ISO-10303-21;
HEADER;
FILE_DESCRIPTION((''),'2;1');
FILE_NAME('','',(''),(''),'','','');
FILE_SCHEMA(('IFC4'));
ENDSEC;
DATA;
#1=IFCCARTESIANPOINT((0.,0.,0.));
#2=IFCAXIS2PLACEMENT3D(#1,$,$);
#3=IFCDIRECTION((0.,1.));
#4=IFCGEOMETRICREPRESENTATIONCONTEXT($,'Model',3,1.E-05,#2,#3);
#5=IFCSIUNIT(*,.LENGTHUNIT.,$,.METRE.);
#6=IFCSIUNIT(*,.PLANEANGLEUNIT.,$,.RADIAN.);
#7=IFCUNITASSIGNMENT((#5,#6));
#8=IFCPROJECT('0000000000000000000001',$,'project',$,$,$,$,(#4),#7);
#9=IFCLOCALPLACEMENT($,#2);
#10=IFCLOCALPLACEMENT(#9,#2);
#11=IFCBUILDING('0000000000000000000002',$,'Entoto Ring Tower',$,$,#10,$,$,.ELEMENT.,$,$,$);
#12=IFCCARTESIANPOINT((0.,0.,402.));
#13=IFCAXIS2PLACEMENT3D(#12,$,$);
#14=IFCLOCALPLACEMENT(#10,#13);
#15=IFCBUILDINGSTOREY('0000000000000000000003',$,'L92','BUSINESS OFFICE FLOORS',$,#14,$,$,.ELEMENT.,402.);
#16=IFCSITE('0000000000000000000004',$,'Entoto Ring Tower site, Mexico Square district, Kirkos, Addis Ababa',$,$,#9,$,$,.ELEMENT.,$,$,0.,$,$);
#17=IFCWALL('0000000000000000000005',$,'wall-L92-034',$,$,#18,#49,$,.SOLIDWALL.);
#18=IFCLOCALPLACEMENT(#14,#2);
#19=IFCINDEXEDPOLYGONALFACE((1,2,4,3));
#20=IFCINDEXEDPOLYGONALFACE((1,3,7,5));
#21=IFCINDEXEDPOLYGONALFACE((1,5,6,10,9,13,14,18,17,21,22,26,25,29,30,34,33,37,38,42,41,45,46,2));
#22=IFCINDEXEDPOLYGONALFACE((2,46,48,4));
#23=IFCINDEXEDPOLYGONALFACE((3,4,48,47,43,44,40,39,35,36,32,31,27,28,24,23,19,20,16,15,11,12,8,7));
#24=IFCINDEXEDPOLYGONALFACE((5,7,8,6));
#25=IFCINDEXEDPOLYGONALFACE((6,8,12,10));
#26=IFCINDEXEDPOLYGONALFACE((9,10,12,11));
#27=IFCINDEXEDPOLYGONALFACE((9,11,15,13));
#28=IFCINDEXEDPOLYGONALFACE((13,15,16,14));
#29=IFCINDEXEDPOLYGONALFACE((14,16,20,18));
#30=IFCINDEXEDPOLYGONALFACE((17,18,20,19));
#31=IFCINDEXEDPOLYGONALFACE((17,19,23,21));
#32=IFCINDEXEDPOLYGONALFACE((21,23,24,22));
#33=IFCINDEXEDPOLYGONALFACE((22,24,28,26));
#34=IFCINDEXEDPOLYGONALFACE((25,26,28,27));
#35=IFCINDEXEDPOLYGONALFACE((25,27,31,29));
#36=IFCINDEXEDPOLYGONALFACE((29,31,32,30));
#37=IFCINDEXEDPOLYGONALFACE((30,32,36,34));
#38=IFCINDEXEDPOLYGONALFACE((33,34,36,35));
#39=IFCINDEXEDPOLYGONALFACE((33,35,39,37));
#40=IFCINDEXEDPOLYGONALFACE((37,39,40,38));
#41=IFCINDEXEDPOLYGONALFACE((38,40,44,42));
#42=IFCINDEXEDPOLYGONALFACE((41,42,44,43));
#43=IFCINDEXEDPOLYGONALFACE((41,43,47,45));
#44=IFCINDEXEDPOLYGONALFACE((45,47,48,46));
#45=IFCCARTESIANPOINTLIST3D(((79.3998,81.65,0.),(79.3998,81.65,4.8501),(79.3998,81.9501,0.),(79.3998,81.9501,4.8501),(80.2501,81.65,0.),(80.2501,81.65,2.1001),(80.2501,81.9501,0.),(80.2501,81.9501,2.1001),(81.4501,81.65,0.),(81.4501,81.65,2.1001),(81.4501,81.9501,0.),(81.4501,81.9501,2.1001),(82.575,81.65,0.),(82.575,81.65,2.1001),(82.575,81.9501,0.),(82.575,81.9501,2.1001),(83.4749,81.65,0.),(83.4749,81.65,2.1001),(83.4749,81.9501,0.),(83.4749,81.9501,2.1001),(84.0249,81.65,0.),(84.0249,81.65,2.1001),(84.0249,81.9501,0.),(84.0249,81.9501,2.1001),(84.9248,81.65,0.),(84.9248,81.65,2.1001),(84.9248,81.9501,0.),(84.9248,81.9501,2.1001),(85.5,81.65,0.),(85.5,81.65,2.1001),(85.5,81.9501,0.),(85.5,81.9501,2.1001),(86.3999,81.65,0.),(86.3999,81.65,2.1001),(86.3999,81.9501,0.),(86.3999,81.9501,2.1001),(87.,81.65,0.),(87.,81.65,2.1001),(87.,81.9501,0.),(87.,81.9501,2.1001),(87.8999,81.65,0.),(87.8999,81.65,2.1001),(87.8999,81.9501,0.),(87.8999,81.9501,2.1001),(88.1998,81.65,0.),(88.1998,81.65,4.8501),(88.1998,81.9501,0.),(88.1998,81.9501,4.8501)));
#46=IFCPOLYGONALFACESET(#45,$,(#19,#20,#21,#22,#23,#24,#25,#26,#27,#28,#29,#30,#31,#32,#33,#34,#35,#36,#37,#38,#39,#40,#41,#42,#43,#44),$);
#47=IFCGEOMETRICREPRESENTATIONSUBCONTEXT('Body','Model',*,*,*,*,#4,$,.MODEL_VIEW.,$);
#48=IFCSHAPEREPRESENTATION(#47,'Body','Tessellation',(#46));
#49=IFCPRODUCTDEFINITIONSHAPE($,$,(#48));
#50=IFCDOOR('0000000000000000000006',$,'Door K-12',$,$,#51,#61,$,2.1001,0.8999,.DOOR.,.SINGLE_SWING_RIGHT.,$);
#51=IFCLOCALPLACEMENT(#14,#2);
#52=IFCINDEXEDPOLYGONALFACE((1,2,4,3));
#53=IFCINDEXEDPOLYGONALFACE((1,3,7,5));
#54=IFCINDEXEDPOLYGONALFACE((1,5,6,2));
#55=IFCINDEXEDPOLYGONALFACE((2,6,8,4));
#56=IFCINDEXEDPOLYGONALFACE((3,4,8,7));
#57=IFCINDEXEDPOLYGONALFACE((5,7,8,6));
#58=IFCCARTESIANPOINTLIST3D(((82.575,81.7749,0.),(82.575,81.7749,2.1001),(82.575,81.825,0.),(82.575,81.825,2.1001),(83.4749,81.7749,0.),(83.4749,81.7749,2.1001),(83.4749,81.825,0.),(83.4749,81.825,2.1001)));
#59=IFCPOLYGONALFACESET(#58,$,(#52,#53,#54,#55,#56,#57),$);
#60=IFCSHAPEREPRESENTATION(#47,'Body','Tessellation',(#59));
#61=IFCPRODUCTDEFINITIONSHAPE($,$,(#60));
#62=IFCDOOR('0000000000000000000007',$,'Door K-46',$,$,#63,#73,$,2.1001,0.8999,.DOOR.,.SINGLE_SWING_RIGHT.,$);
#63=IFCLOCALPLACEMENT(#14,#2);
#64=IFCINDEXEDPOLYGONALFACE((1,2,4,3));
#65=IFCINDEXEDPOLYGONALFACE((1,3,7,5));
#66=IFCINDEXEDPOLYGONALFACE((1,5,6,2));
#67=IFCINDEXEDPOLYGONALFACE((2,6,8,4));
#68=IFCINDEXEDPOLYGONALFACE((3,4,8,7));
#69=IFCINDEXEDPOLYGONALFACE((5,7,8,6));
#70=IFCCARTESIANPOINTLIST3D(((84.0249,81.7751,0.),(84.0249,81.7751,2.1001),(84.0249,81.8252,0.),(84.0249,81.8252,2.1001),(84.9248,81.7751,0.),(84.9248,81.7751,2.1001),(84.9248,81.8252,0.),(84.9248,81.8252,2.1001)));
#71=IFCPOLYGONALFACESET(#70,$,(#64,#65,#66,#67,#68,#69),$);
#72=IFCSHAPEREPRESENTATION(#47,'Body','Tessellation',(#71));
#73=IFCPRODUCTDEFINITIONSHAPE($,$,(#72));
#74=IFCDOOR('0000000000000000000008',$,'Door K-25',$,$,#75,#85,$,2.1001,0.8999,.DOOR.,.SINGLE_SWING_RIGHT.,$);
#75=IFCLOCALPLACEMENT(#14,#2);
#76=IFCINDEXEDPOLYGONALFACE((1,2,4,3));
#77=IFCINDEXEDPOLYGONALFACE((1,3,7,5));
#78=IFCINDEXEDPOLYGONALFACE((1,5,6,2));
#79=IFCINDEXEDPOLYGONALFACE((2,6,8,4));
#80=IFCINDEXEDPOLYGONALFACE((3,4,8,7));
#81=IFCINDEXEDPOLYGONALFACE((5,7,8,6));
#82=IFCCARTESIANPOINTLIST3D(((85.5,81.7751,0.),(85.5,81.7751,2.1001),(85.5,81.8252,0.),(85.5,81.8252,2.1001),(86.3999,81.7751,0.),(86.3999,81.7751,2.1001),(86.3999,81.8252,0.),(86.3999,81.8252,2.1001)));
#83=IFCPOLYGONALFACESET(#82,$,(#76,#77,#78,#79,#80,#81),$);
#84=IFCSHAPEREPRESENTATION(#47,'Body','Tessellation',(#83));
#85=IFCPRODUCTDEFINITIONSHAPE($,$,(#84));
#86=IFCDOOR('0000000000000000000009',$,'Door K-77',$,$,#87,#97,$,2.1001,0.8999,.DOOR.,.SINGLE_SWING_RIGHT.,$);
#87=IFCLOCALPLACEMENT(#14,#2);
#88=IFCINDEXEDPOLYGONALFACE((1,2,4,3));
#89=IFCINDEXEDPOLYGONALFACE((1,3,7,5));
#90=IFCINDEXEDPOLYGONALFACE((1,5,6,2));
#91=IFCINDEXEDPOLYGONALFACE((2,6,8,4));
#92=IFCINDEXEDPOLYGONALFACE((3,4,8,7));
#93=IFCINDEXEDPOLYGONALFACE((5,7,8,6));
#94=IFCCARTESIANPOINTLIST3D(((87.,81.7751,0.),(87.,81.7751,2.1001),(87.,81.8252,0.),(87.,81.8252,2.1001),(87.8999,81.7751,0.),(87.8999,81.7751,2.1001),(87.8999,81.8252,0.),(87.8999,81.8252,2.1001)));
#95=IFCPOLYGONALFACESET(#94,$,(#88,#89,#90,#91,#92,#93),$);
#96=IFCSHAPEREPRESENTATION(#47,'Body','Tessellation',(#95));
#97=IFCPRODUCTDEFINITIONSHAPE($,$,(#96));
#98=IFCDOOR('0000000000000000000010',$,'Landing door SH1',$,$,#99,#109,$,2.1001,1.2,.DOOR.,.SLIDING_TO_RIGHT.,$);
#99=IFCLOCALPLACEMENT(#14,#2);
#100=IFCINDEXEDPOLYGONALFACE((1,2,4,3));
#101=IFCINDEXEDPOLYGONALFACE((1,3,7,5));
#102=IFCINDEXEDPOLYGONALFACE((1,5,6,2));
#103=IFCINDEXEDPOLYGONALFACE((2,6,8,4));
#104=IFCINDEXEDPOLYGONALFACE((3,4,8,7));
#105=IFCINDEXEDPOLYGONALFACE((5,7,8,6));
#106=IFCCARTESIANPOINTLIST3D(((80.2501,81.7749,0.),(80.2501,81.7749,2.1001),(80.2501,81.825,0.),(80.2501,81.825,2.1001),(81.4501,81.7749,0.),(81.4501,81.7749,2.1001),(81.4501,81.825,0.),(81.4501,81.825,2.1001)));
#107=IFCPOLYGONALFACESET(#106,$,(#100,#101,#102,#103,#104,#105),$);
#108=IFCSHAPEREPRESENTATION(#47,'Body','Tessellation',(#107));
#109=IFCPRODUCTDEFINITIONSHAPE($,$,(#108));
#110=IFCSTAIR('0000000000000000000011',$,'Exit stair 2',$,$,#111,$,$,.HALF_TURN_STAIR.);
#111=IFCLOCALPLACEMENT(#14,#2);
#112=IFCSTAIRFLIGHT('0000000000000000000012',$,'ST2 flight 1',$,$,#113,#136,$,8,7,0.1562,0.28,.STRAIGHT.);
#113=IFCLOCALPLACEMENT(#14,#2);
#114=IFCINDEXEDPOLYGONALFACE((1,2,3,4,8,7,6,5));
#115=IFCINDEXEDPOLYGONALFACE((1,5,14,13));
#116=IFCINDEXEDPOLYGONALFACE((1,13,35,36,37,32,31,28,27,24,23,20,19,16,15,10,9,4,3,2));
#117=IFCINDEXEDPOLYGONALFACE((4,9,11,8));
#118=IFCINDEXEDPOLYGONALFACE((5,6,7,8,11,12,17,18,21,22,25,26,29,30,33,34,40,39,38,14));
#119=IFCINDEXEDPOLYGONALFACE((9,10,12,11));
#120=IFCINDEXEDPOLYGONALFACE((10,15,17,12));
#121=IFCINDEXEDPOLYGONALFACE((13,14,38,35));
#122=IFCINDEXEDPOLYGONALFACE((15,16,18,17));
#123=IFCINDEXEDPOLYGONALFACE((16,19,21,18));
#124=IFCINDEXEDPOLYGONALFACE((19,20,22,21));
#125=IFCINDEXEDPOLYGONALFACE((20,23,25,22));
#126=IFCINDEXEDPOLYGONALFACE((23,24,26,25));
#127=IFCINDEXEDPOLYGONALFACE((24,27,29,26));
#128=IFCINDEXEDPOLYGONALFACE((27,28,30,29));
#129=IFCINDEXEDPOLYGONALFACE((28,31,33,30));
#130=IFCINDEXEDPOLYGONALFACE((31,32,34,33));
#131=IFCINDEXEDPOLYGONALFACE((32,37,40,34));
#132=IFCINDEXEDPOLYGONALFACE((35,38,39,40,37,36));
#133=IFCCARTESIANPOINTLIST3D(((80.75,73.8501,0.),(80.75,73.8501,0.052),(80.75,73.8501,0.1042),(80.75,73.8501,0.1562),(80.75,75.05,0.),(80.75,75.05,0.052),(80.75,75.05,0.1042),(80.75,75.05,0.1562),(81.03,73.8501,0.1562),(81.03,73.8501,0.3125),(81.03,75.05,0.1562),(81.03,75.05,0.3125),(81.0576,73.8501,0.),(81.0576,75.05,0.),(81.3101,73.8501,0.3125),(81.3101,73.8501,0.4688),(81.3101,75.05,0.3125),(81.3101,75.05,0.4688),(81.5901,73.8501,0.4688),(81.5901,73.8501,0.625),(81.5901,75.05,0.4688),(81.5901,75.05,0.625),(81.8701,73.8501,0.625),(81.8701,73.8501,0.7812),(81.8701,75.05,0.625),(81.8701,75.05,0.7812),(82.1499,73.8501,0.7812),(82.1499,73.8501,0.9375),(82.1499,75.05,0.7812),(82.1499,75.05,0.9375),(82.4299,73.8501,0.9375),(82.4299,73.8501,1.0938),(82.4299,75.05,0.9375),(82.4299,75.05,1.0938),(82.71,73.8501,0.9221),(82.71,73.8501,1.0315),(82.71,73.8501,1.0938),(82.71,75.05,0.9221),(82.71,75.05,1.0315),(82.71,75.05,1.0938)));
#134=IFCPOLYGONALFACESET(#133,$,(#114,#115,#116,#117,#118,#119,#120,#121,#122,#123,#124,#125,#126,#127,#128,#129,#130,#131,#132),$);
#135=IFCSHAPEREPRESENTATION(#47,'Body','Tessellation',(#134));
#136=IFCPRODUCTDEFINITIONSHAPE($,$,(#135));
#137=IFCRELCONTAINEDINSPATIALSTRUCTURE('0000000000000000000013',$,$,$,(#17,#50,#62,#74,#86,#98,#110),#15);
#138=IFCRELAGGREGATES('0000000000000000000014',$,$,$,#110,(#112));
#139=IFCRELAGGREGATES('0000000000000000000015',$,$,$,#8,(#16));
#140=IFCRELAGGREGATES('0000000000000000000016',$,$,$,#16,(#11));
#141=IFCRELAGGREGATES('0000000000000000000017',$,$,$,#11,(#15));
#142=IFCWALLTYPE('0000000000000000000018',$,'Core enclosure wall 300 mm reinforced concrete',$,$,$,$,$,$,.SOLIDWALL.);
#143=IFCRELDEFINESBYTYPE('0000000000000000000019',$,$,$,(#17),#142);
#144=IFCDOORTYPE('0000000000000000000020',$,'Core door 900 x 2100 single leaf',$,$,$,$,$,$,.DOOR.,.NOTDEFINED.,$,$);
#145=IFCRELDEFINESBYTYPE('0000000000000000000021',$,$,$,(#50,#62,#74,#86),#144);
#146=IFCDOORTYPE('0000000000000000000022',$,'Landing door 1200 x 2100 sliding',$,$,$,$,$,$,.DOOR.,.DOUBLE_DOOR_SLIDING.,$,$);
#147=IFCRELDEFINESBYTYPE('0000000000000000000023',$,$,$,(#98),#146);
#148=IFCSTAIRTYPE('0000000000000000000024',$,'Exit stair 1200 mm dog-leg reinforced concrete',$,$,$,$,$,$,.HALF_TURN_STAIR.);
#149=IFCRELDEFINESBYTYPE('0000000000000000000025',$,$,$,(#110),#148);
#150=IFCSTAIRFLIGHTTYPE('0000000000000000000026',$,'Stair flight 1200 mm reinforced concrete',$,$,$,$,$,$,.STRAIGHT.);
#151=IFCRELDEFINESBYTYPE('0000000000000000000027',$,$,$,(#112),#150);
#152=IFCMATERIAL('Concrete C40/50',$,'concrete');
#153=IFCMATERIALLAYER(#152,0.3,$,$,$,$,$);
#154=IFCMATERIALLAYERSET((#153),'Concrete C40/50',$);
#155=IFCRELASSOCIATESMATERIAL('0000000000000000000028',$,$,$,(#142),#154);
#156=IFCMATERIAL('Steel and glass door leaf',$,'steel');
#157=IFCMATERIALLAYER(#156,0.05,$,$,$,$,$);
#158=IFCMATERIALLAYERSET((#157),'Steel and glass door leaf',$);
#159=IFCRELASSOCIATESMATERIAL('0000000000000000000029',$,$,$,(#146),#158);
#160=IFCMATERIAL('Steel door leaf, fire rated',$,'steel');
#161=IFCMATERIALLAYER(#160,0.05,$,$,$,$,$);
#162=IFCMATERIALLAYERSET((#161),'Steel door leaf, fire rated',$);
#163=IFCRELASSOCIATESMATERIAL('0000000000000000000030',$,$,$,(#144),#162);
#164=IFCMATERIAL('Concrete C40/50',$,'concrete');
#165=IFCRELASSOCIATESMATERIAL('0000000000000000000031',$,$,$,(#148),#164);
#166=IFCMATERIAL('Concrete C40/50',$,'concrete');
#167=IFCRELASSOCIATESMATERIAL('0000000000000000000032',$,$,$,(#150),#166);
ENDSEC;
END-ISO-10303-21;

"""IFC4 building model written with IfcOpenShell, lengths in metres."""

from ifc_helpers import new_model, si_unit, direction, frame, frame_2d, origin, place, context, subcontext, project, spatial, polyline, rectangle, outline, extrude, material, layer, layer_set, type_object, element, fill, aggregate, save


model = new_model("IFC4")

# Units and contexts
model_context = context("Model", 3, precision=1e-05, world=origin(), true_north=direction((0.0, 1.0)))
body_context = subcontext(model_context, "Body", "Model", "MODEL_VIEW")
ifc_project = project(units=[si_unit("LENGTHUNIT", "METRE"), si_unit("PLANEANGLEUNIT", "RADIAN")], contexts=[model_context])

# Site, building, storey
site_placement = place(None, origin())
site = spatial("IfcSite", under=ifc_project, at=site_placement, Name="Entoto Ring Tower site, Mexico Square district, Kirkos, Addis Ababa", CompositionType="ELEMENT", RefElevation=0.0)
building_placement = place(site_placement, origin())
building = spatial("IfcBuilding", under=site, at=building_placement, Name="Entoto Ring Tower", CompositionType="ELEMENT")
storey_placement = place(building_placement, frame((0.0, 0.0, 402.0)))
storey = spatial("IfcBuildingStorey", under=building, at=storey_placement, Name="L92", Description="BUSINESS OFFICE FLOORS", CompositionType="ELEMENT", Elevation=402.0)

# Shared definitions
ifc_material_1 = material(Name="Concrete C40/50", Category="concrete")
ifc_layer_1 = layer(ifc_material_1, 0.3)
ifc_layer_set_1 = layer_set([ifc_layer_1], Name="Concrete C40/50")
wall_type = type_object("IfcWallType", Name="Core enclosure wall 300 mm reinforced concrete", PredefinedType="SOLIDWALL", material=ifc_layer_set_1)
ifc_material_2 = material(Name="Steel and glass door leaf", Category="steel")
ifc_layer_2 = layer(ifc_material_2, 0.05)
ifc_layer_set_2 = layer_set([ifc_layer_2], Name="Steel and glass door leaf")
door_type_1 = type_object("IfcDoorType", Name="Landing door 1200 x 2100 sliding", OperationType="DOUBLE_DOOR_SLIDING", PredefinedType="DOOR", material=ifc_layer_set_2)

# Wall, openings, doors
ifc_material_3 = material(Name="Steel door leaf, fire rated", Category="steel")
ifc_layer_3 = layer(ifc_material_3, 0.05)
ifc_layer_set_3 = layer_set([ifc_layer_3], Name="Steel door leaf, fire rated")
door_type_2 = type_object("IfcDoorType", Name="Core door 900 x 2100 single leaf", OperationType="NOTDEFINED", PredefinedType="DOOR", material=ifc_layer_set_3)
wall_1_placement = place(storey_placement, frame((79.3999, 81.8, 0.0), z_axis=(0.0, 0.0, 1.0), x_axis=(1.0, 0.0, 0.0)))
wall_1 = element("IfcWall", 1, at=wall_1_placement, inside=storey, type_object=wall_type, Name="wall-L92-034", PredefinedType="SOLIDWALL", context=body_context, shape_type="SweptSolid", body=[
    extrude(rectangle(XDim=8.8, YDim=0.3, at=frame_2d((4.3999, 0.0))), origin(), (0.0, 0.0, 1.0), 4.8501),
])
opening_1_placement = place(wall_1_placement, frame((0.8501, 0.0, 0.0)))
opening_1 = element("IfcOpeningElement", 2, at=opening_1_placement, cuts=wall_1, PredefinedType="OPENING", context=body_context, shape_type="SweptSolid", body=[
    extrude(rectangle(XDim=1.2, YDim=2.1001, at=frame_2d((0.6001, 1.05))), frame((0.0, 0.1602, 0.0), z_axis=(0.0, -1.0, 0.0), x_axis=(1.0, 0.0, 0.0)), (0.0, 0.0, 1.0), 0.3201),
])
opening_2_placement = place(wall_1_placement, frame((3.175, 0.0, 0.0)))
opening_2 = element("IfcOpeningElement", 3, at=opening_2_placement, cuts=wall_1, PredefinedType="OPENING", context=body_context, shape_type="SweptSolid", body=[
    extrude(rectangle(XDim=0.8999, YDim=2.1001, at=frame_2d((0.45, 1.05))), frame((0.0, 0.1602, 0.0), z_axis=(0.0, -1.0, 0.0), x_axis=(1.0, 0.0, 0.0)), (0.0, 0.0, 1.0), 0.3201),
])
opening_3_placement = place(wall_1_placement, frame((4.625, 0.0, 0.0)))
opening_3 = element("IfcOpeningElement", 4, at=opening_3_placement, cuts=wall_1, PredefinedType="OPENING", context=body_context, shape_type="SweptSolid", body=[
    extrude(rectangle(XDim=0.8999, YDim=2.1001, at=frame_2d((0.45, 1.05))), frame((0.0, 0.1602, 0.0), z_axis=(0.0, -1.0, 0.0), x_axis=(1.0, 0.0, 0.0)), (0.0, 0.0, 1.0), 0.3201),
])
opening_4_placement = place(wall_1_placement, frame((6.1001, 0.0, 0.0)))
opening_4 = element("IfcOpeningElement", 5, at=opening_4_placement, cuts=wall_1, PredefinedType="OPENING", context=body_context, shape_type="SweptSolid", body=[
    extrude(rectangle(XDim=0.8999, YDim=2.1001, at=frame_2d((0.45, 1.05))), frame((0.0, 0.1602, 0.0), z_axis=(0.0, -1.0, 0.0), x_axis=(1.0, 0.0, 0.0)), (0.0, 0.0, 1.0), 0.3201),
])
opening_5_placement = place(wall_1_placement, frame((7.6001, 0.0, 0.0)))
opening_5 = element("IfcOpeningElement", 6, at=opening_5_placement, cuts=wall_1, PredefinedType="OPENING", context=body_context, shape_type="SweptSolid", body=[
    extrude(rectangle(XDim=0.8999, YDim=2.1001, at=frame_2d((0.45, 1.05))), frame((0.0, 0.1602, 0.0), z_axis=(0.0, -1.0, 0.0), x_axis=(1.0, 0.0, 0.0)), (0.0, 0.0, 1.0), 0.3201),
])
door_1_placement = place(opening_2_placement, origin())
door_1 = element("IfcDoor", 7, at=door_1_placement, inside=storey, type_object=door_type_2, Name="Door K-12", OperationType="SINGLE_SWING_RIGHT", OverallHeight=2.1001, OverallWidth=0.8999, PredefinedType="DOOR", context=body_context, shape_type="SweptSolid", body=[
    extrude(rectangle(XDim=0.8999, YDim=2.1001, at=frame_2d((0.45, 1.05))), frame((0.0, 0.0249, 0.0), z_axis=(0.0, -1.0, 0.0), x_axis=(1.0, 0.0, 0.0)), (0.0, 0.0, 1.0), 0.05),
])
fill(opening_2, door_1)
door_2_placement = place(opening_3_placement, frame((0.8999, 0.0, 0.0), z_axis=(0.0, 0.0, 1.0), x_axis=(-1.0, 0.0, 0.0)))
door_2 = element("IfcDoor", 8, at=door_2_placement, inside=storey, type_object=door_type_2, Name="Door K-46", OperationType="SINGLE_SWING_RIGHT", OverallHeight=2.1001, OverallWidth=0.8999, PredefinedType="DOOR", context=body_context, shape_type="SweptSolid", body=[
    extrude(rectangle(XDim=0.8999, YDim=2.1001, at=frame_2d((0.45, 1.05))), frame((0.0, 0.0249, 0.0), z_axis=(0.0, -1.0, 0.0), x_axis=(1.0, 0.0, 0.0)), (0.0, 0.0, 1.0), 0.05),
])
fill(opening_3, door_2)
door_3_placement = place(opening_4_placement, frame((0.8999, 0.0, 0.0), z_axis=(0.0, 0.0, 1.0), x_axis=(-1.0, 0.0, 0.0)))
door_3 = element("IfcDoor", 9, at=door_3_placement, inside=storey, type_object=door_type_2, Name="Door K-25", OperationType="SINGLE_SWING_RIGHT", OverallHeight=2.1001, OverallWidth=0.8999, PredefinedType="DOOR", context=body_context, shape_type="SweptSolid", body=[
    extrude(rectangle(XDim=0.8999, YDim=2.1001, at=frame_2d((0.45, 1.05))), frame((0.0, 0.0249, 0.0), z_axis=(0.0, -1.0, 0.0), x_axis=(1.0, 0.0, 0.0)), (0.0, 0.0, 1.0), 0.05),
])
fill(opening_4, door_3)
door_4_placement = place(opening_5_placement, frame((0.8999, 0.0, 0.0), z_axis=(0.0, 0.0, 1.0), x_axis=(-1.0, 0.0, 0.0)))
door_4 = element("IfcDoor", 10, at=door_4_placement, inside=storey, type_object=door_type_2, Name="Door K-77", OperationType="SINGLE_SWING_RIGHT", OverallHeight=2.1001, OverallWidth=0.8999, PredefinedType="DOOR", context=body_context, shape_type="SweptSolid", body=[
    extrude(rectangle(XDim=0.8999, YDim=2.1001, at=frame_2d((0.45, 1.05))), frame((0.0, 0.0249, 0.0), z_axis=(0.0, -1.0, 0.0), x_axis=(1.0, 0.0, 0.0)), (0.0, 0.0, 1.0), 0.05),
])
fill(opening_5, door_4)
door_5_placement = place(opening_1_placement, origin())
door_5 = element("IfcDoor", 11, at=door_5_placement, inside=storey, type_object=door_type_1, Name="Landing door SH1", OperationType="SLIDING_TO_RIGHT", OverallHeight=2.1001, OverallWidth=1.2, PredefinedType="DOOR", context=body_context, shape_type="SweptSolid", body=[
    extrude(rectangle(XDim=1.2, YDim=2.1001, at=frame_2d((0.6001, 1.05))), frame((0.0, 0.0249, 0.0), z_axis=(0.0, -1.0, 0.0), x_axis=(1.0, 0.0, 0.0)), (0.0, 0.0, 1.0), 0.05),
])
fill(opening_1, door_5)

# Stair, stair flight
ifc_material_4 = material(Name="Concrete C40/50", Category="concrete")
stair_type = type_object("IfcStairType", Name="Exit stair 1200 mm dog-leg reinforced concrete", PredefinedType="HALF_TURN_STAIR", material=ifc_material_4)
stair_placement = place(storey_placement, origin())
stair = element("IfcStair", 12, at=stair_placement, inside=storey, type_object=stair_type, Name="Exit stair 2", PredefinedType="HALF_TURN_STAIR")
ifc_material_5 = material(Name="Concrete C40/50", Category="concrete")
stair_flight_type = type_object("IfcStairFlightType", Name="Stair flight 1200 mm reinforced concrete", PredefinedType="STRAIGHT", material=ifc_material_5)
stair_flight_1_placement = place(storey_placement, frame((80.75, 74.45, 0.0), z_axis=(0.0, 0.0, 1.0), x_axis=(1.0, 0.0, 0.0)))
stair_flight_1 = element("IfcStairFlight", 13, at=stair_flight_1_placement, type_object=stair_flight_type, Name="ST2 flight 1", NumberOfRisers=8, NumberOfTreads=7, PredefinedType="STRAIGHT", RiserHeight=0.1562, TreadLength=0.28, context=body_context, shape_type="SweptSolid", body=[
    extrude(outline(polyline([(0.0, 0.0), (0.0, 0.052), (0.0, 0.1042), (0.0, 0.1562), (0.28, 0.1562), (0.28, 0.3125), (0.5601, 0.3125), (0.5601, 0.4688), (0.8401, 0.4688), (0.8401, 0.625), (1.1201, 0.625), (1.1201, 0.7812), (1.3999, 0.7812), (1.3999, 0.9375), (1.6799, 0.9375), (1.6799, 1.0938), (1.96, 1.0938), (1.96, 1.25), (1.96, 1.1406), (1.96, 1.0315), (1.96, 0.9221), (0.3076, 0.0), (0.0, 0.0)])), frame((0.0, 0.6001, 0.0), z_axis=(0.0, -1.0, 0.0), x_axis=(1.0, 0.0, 0.0)), (0.0, 0.0, 1.0), 1.2),
])
aggregate(stair, [stair_flight_1])

save(model, "model.ifc")
